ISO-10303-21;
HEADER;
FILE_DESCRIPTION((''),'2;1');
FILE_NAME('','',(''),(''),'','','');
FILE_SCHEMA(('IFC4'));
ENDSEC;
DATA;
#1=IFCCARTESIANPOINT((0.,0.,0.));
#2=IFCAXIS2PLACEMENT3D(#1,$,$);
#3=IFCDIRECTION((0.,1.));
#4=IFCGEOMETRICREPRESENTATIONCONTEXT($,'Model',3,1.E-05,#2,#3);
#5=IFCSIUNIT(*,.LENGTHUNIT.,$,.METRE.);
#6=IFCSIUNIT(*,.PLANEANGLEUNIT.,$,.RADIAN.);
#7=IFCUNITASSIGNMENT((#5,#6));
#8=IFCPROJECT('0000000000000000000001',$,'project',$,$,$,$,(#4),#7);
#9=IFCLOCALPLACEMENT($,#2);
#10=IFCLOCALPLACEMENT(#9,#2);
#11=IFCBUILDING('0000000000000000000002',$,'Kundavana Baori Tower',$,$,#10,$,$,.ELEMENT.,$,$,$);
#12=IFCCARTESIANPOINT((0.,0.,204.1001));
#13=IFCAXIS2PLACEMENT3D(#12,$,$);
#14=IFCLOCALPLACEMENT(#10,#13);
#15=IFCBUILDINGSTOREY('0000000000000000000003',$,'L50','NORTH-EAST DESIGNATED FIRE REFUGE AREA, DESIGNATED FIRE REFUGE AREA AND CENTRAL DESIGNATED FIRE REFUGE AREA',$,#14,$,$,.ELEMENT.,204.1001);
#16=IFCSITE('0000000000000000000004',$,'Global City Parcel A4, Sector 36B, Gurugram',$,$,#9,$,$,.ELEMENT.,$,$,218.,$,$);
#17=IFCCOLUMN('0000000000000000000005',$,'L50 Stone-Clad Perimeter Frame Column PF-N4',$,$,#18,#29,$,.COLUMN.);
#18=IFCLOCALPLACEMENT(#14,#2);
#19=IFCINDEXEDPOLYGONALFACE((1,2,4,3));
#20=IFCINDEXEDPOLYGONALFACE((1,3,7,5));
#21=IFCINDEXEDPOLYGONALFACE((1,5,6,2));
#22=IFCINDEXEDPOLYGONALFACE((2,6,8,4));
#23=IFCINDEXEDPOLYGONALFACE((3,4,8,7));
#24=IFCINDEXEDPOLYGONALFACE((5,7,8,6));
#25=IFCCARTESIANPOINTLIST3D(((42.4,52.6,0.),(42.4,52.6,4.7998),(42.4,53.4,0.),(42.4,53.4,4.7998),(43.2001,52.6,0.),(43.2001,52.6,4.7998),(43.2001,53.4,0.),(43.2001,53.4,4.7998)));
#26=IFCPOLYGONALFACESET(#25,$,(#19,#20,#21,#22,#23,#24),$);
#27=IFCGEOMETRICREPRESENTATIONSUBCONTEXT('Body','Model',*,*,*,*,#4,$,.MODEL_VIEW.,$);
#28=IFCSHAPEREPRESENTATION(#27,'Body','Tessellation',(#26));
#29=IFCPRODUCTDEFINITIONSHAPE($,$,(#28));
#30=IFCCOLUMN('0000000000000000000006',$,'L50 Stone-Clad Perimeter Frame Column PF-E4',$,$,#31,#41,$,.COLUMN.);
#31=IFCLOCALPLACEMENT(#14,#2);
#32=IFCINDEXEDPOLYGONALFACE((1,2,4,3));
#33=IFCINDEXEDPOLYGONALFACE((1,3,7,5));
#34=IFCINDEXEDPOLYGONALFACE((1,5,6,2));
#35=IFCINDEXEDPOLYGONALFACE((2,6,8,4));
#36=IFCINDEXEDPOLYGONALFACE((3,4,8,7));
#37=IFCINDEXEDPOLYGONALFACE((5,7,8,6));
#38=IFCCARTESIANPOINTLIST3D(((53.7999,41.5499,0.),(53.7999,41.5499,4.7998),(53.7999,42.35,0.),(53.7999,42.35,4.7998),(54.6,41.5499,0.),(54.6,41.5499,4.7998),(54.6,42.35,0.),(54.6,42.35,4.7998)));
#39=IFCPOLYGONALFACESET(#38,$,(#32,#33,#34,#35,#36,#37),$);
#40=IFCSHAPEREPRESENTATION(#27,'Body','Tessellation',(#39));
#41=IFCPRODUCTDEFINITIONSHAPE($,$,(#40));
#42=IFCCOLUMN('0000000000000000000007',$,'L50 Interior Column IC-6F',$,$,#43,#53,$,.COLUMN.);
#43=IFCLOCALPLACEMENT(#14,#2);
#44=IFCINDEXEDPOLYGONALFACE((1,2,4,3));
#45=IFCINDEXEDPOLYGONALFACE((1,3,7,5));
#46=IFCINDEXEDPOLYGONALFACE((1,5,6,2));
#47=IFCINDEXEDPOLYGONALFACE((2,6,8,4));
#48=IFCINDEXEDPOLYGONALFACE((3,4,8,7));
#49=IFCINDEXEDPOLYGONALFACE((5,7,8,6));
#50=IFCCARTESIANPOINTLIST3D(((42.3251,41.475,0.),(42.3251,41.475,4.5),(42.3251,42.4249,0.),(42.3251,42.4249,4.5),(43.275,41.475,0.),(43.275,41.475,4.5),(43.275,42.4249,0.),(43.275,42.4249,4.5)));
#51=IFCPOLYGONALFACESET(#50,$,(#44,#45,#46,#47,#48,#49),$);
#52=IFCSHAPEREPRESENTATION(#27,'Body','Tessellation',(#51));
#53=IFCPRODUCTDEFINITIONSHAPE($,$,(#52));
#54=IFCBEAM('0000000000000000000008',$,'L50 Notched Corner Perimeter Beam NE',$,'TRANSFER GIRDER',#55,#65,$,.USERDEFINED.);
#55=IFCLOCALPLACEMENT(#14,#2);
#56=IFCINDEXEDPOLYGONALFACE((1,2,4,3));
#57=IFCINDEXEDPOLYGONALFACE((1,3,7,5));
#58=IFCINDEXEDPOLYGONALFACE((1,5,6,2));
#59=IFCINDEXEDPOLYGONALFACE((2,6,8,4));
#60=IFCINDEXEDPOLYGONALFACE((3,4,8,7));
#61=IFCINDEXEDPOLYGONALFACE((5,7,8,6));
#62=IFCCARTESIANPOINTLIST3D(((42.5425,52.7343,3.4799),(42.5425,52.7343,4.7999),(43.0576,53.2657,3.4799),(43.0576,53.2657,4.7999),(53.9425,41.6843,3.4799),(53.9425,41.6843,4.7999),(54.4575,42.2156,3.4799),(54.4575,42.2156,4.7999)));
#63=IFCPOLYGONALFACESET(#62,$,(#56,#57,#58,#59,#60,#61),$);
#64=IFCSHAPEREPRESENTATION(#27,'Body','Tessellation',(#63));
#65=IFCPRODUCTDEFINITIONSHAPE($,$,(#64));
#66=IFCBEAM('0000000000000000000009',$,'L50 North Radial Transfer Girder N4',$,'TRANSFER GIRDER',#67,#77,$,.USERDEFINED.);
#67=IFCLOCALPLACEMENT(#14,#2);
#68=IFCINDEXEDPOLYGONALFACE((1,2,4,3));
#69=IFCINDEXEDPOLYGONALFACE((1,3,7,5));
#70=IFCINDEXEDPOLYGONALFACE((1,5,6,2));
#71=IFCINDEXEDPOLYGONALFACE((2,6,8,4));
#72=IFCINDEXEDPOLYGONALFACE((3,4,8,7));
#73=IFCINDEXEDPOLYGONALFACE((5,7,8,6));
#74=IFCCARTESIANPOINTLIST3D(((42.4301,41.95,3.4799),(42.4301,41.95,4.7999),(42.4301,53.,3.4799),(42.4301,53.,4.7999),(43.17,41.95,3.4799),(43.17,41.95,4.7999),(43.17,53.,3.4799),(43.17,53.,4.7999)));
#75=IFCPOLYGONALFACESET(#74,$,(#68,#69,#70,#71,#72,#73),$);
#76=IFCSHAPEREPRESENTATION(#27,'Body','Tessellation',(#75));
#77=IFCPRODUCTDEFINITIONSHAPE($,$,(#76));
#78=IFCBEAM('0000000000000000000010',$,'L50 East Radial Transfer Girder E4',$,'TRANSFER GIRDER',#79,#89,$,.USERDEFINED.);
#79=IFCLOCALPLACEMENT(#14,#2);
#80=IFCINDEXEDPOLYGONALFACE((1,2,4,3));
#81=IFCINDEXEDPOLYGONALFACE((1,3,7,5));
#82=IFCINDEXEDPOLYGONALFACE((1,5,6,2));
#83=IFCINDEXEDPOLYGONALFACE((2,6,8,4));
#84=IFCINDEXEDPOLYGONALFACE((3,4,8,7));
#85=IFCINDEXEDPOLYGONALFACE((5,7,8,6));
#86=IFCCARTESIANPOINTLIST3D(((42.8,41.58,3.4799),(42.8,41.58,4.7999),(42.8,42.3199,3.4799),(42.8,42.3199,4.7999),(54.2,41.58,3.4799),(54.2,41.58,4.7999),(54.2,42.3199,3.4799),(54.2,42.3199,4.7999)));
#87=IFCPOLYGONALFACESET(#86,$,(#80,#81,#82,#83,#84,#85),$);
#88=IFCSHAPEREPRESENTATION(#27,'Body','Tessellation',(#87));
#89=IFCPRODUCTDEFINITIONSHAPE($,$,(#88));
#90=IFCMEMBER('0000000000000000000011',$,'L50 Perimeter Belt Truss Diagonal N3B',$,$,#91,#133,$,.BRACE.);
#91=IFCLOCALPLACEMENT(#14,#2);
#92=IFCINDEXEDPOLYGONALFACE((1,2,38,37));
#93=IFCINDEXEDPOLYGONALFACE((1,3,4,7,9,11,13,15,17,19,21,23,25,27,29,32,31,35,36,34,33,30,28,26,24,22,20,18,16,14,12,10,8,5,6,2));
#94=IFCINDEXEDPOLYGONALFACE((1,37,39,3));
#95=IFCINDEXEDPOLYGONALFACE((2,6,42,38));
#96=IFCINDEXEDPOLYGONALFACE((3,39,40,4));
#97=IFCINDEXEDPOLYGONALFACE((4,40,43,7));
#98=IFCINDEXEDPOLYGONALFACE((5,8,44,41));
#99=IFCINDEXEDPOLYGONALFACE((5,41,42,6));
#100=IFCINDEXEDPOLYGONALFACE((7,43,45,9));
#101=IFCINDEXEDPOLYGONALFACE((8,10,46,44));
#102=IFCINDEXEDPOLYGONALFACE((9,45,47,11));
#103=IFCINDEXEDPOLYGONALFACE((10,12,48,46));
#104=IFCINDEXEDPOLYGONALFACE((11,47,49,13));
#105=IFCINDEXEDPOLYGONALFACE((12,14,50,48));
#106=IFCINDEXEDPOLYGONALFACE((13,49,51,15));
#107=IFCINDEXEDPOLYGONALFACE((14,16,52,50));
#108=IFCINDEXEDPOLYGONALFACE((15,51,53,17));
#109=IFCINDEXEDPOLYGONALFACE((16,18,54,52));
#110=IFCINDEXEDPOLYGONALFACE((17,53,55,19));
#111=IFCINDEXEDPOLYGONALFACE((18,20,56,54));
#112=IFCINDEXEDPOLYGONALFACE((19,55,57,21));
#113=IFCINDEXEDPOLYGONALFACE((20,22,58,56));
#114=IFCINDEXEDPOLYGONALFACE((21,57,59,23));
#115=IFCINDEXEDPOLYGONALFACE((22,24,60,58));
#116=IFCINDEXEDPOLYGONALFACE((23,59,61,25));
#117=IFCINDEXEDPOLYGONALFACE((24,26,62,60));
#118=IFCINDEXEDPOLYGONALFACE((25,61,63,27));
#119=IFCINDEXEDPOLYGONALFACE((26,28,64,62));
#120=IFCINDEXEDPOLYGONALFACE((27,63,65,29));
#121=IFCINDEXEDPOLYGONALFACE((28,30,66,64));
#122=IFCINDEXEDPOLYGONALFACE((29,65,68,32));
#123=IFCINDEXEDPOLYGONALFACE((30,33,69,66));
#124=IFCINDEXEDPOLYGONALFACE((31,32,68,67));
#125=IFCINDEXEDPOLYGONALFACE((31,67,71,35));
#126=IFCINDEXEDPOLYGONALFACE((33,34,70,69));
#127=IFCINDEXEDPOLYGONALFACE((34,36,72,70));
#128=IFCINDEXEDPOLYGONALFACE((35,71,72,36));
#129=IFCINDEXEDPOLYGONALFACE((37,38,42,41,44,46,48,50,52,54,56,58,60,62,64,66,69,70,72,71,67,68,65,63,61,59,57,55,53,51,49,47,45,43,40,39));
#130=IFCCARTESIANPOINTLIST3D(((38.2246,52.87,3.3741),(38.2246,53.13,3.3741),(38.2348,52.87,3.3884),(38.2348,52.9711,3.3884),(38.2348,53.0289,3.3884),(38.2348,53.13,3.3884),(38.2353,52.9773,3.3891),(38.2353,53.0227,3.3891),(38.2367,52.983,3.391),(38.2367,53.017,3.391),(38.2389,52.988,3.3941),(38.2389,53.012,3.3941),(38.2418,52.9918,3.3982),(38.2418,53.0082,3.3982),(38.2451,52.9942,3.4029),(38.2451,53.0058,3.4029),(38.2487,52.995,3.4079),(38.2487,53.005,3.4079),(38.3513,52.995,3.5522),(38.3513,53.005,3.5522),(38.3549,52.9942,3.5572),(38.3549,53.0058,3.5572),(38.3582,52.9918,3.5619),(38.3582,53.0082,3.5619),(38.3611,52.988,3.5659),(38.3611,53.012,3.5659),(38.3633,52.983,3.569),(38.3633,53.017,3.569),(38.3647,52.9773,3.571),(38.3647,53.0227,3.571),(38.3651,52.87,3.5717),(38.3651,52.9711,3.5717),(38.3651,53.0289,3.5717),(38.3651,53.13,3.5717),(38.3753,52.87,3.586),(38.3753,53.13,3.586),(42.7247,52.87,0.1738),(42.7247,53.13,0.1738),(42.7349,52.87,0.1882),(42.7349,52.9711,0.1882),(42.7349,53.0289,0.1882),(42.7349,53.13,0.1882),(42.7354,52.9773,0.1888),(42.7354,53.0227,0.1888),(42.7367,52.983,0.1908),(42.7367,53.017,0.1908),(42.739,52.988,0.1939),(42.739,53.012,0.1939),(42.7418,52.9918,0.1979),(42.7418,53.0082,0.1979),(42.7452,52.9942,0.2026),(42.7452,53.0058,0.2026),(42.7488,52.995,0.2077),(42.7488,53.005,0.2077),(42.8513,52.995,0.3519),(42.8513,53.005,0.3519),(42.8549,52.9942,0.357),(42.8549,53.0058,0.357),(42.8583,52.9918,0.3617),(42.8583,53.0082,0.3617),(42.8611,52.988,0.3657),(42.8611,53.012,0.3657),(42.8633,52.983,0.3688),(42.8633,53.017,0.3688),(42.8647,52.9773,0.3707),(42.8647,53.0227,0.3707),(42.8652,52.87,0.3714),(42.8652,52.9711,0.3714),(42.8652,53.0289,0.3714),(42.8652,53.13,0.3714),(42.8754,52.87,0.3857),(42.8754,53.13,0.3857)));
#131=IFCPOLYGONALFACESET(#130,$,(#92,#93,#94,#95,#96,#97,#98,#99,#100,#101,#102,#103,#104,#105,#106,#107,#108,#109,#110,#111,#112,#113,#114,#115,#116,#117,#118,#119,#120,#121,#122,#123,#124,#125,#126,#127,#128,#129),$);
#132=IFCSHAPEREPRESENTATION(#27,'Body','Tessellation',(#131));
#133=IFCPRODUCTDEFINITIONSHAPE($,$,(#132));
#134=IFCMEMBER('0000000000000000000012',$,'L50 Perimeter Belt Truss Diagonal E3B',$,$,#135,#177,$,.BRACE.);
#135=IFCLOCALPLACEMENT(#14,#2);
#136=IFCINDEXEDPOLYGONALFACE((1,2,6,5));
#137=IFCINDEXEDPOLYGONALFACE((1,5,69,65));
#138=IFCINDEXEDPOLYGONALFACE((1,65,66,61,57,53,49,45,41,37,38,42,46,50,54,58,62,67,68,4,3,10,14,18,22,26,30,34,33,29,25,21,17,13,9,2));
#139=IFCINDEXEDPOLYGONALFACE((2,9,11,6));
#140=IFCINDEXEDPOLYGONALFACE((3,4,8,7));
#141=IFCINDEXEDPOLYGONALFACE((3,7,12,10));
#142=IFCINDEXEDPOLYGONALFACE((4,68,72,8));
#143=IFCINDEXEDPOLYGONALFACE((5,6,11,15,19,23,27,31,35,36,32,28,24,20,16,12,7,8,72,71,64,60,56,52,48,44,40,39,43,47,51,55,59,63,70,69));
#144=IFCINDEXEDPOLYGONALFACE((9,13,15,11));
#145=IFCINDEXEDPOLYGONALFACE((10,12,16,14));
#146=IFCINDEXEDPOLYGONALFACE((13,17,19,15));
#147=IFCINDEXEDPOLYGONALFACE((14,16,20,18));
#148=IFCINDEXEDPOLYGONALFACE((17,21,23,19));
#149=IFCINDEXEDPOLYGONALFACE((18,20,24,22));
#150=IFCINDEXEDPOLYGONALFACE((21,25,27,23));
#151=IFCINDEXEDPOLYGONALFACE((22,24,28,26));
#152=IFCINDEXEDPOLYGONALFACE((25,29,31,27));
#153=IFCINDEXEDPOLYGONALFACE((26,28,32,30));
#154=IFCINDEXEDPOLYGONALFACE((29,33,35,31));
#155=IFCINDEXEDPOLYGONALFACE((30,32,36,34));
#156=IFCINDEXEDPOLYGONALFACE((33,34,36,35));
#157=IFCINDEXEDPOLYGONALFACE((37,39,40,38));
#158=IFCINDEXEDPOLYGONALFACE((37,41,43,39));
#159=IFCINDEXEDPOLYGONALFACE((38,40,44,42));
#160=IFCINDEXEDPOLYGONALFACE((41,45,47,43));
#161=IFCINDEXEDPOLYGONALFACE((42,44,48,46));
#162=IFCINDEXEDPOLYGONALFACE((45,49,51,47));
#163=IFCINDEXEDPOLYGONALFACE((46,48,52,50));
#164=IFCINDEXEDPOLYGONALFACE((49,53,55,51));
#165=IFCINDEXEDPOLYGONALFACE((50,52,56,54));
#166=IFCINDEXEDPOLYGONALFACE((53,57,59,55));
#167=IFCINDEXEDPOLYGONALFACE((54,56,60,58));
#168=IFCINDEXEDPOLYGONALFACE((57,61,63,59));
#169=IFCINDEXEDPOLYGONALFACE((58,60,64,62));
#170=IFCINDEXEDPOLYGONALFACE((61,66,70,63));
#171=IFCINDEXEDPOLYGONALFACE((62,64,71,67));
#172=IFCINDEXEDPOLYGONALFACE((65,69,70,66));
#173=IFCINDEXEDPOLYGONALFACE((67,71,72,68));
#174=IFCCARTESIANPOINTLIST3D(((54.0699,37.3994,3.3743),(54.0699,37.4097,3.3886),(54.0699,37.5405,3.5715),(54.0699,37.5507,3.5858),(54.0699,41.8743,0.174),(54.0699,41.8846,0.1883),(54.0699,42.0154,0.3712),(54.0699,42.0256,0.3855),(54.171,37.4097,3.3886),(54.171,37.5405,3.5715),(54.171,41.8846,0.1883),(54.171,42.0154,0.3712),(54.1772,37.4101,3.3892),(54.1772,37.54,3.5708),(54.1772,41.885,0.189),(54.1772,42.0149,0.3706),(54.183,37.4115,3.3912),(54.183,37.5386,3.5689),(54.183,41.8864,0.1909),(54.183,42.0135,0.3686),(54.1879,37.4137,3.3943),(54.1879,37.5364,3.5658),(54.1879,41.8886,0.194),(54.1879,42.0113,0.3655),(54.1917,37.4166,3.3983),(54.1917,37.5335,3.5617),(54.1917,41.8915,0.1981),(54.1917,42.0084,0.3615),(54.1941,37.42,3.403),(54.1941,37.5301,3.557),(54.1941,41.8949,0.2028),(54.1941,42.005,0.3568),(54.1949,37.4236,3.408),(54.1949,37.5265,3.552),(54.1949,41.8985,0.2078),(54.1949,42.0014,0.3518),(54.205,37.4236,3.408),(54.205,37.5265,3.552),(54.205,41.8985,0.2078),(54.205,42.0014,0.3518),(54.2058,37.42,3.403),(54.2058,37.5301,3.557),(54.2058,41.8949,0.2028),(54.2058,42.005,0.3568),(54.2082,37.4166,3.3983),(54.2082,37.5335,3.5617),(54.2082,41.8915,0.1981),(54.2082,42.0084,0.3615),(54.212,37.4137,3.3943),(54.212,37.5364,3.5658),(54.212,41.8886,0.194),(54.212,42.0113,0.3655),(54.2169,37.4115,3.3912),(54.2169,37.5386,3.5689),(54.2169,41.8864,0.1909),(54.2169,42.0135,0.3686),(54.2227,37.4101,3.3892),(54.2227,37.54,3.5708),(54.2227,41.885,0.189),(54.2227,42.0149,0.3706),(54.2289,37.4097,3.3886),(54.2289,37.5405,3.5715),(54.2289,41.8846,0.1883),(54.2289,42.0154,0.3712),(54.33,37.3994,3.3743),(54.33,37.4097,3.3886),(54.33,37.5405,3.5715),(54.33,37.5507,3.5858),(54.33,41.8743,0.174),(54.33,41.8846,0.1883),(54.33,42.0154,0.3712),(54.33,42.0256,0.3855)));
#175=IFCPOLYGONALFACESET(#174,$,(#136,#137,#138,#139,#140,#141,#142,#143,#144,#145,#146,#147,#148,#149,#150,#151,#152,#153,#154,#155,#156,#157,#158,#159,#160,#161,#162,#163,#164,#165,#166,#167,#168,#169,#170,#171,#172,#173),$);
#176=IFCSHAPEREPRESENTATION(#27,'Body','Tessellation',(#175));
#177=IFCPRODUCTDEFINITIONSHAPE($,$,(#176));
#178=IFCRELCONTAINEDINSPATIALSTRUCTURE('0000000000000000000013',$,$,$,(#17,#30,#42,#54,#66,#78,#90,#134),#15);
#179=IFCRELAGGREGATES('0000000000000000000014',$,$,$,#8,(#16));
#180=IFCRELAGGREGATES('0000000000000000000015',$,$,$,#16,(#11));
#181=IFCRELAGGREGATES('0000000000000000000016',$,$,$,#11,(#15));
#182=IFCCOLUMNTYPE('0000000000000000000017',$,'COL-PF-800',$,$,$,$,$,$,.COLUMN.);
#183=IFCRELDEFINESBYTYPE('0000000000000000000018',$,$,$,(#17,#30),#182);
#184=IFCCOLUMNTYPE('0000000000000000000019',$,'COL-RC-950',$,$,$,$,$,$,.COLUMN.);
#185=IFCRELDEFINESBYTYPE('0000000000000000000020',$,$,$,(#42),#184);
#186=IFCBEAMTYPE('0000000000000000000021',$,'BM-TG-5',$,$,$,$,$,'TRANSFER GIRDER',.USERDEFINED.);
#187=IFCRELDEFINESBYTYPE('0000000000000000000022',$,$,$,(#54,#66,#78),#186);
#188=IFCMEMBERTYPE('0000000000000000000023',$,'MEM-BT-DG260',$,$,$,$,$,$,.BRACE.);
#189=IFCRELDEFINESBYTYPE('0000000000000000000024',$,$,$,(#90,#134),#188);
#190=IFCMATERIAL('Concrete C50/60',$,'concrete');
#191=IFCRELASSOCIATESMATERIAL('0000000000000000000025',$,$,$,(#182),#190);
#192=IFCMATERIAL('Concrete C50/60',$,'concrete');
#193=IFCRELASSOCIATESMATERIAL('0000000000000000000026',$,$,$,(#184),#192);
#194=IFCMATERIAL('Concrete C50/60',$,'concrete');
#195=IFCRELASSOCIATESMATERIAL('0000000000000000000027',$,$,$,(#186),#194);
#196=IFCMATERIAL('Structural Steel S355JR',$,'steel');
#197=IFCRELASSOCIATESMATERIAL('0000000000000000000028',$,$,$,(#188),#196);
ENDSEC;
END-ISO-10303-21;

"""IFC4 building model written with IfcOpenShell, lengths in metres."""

from ifc_helpers import new_model, si_unit, direction, frame, origin, origin_2d, place, context, subcontext, project, spatial, rectangle, i_section, extrude, material, material_profile, profile_set, type_object, element, save


model = new_model("IFC4")

# Units and contexts
model_context = context("Model", 3, precision=1e-05, world=origin(), true_north=direction((0.0, 1.0)))
body_context = subcontext(model_context, "Body", "Model", "MODEL_VIEW")
ifc_project = project(units=[si_unit("LENGTHUNIT", "METRE"), si_unit("PLANEANGLEUNIT", "RADIAN")], contexts=[model_context])

# Site, building, storey
site_placement = place(None, origin())
site = spatial("IfcSite", under=ifc_project, at=site_placement, Name="Global City Parcel A4, Sector 36B, Gurugram", CompositionType="ELEMENT", RefElevation=218.0)
building_placement = place(site_placement, origin())
building = spatial("IfcBuilding", under=site, at=building_placement, Name="Kundavana Baori Tower", CompositionType="ELEMENT")
storey_placement = place(building_placement, frame((0.0, 0.0, 204.1001)))
storey = spatial("IfcBuildingStorey", under=building, at=storey_placement, Name="L50", Description="NORTH-EAST DESIGNATED FIRE REFUGE AREA, DESIGNATED FIRE REFUGE AREA AND CENTRAL DESIGNATED FIRE REFUGE AREA", CompositionType="ELEMENT", Elevation=204.1001)

# Columns
ifc_material_1 = material(Name="Concrete C50/60", Category="concrete")
ifc_material_profile_1 = material_profile(ifc_material_1, rectangle(XDim=0.8, YDim=0.8, at=origin_2d()), Name="RC PF 800x800")
ifc_profile_set_1 = profile_set([ifc_material_profile_1], Name="Concrete C50/60")
column_type_1 = type_object("IfcColumnType", Name="COL-PF-800", PredefinedType="COLUMN", material=ifc_profile_set_1)
for number, where, z_axis, x_axis, name in (
    (1, (42.8, 53.0, 0.0), (0.0, 0.0, 1.0), (1.0, 0.0, 0.0), "L50 Stone-Clad Perimeter Frame Column PF-N4"),
    (2, (54.2, 41.95, 0.0), (0.0, 0.0, 1.0), (1.0, 0.0, 0.0), "L50 Stone-Clad Perimeter Frame Column PF-E4"),
):
    element("IfcColumn", number, at=place(storey_placement, frame(where, z_axis=z_axis, x_axis=x_axis)), inside=storey, type_object=column_type_1, Name=name, PredefinedType="COLUMN", context=body_context, shape_type="SweptSolid", body=[
        extrude(rectangle(XDim=0.8, YDim=0.8, at=origin_2d()), origin(), (0.0, 0.0, 1.0), 4.7998),
    ])
ifc_material_2 = material(Name="Concrete C50/60", Category="concrete")
ifc_material_profile_2 = material_profile(ifc_material_2, rectangle(XDim=0.95, YDim=0.95, at=origin_2d()), Name="RC 950x950")
ifc_profile_set_2 = profile_set([ifc_material_profile_2], Name="Concrete C50/60")
column_type_2 = type_object("IfcColumnType", Name="COL-RC-950", PredefinedType="COLUMN", material=ifc_profile_set_2)
column_placement = place(storey_placement, frame((42.8, 41.95, 0.0), z_axis=(0.0, 0.0, 1.0), x_axis=(1.0, 0.0, 0.0)))
element("IfcColumn", 3, at=column_placement, inside=storey, type_object=column_type_2, Name="L50 Interior Column IC-6F", PredefinedType="COLUMN", context=body_context, shape_type="SweptSolid", body=[
    extrude(rectangle(XDim=0.95, YDim=0.95, at=origin_2d()), origin(), (0.0, 0.0, 1.0), 4.5),
])

# Beams
ifc_material_3 = material(Name="Concrete C50/60", Category="concrete")
ifc_material_profile_3 = material_profile(ifc_material_3, rectangle(XDim=0.74, YDim=1.3201, at=origin_2d()), Name="BM-TG-5")
ifc_profile_set_3 = profile_set([ifc_material_profile_3], Name="Concrete C50/60")
beam_type = type_object("IfcBeamType", Name="BM-TG-5", ElementType="TRANSFER GIRDER", PredefinedType="USERDEFINED", material=ifc_profile_set_3)
beam_1_placement = place(storey_placement, frame((42.8, 53.0, 4.1399), z_axis=(0.718039, -0.696003, 0.0), x_axis=(0.696003, 0.718039, 0.0)))
element("IfcBeam", 4, at=beam_1_placement, inside=storey, type_object=beam_type, Name="L50 Notched Corner Perimeter Beam NE", ObjectType="TRANSFER GIRDER", PredefinedType="USERDEFINED", context=body_context, shape_type="SweptSolid", body=[
    extrude(rectangle(XDim=0.74, YDim=1.3201, at=origin_2d()), origin(), (0.0, 0.0, 1.0), 15.8765),
])
beam_2_placement = place(storey_placement, frame((42.8, 41.95, 4.1399), z_axis=(0.0, 1.0, 0.0), x_axis=(-1.0, 0.0, 0.0)))
element("IfcBeam", 5, at=beam_2_placement, inside=storey, type_object=beam_type, Name="L50 North Radial Transfer Girder N4", ObjectType="TRANSFER GIRDER", PredefinedType="USERDEFINED", context=body_context, shape_type="SweptSolid", body=[
    extrude(rectangle(XDim=0.74, YDim=1.3201, at=origin_2d()), origin(), (0.0, 0.0, 1.0), 11.05),
])
beam_3_placement = place(storey_placement, frame((42.8, 41.95, 4.1399), z_axis=(1.0, 0.0, 0.0), x_axis=(0.0, 1.0, 0.0)))
element("IfcBeam", 6, at=beam_3_placement, inside=storey, type_object=beam_type, Name="L50 East Radial Transfer Girder E4", ObjectType="TRANSFER GIRDER", PredefinedType="USERDEFINED", context=body_context, shape_type="SweptSolid", body=[
    extrude(rectangle(XDim=0.74, YDim=1.3201, at=origin_2d()), origin(), (0.0, 0.0, 1.0), 11.3999),
])

# Members
ifc_material_4 = material(Name="Structural Steel S355JR", Category="steel")
ifc_material_profile_4 = material_profile(ifc_material_4, i_section(OverallWidth=0.26, OverallDepth=0.26, WebThickness=0.01, FlangeThickness=0.0176, FilletRadius=0.0239, at=origin_2d()), Name="WPB 260x260x93")
ifc_profile_set_4 = profile_set([ifc_material_profile_4], Name="Structural Steel S355JR")
member_type_1 = type_object("IfcMemberType", Name="MEM-BT-DG260", PredefinedType="BRACE", material=ifc_profile_set_4)
member_1_placement = place(storey_placement, frame((42.8, 53.0, 0.2798), z_axis=(-0.814939, 0.0, 0.579547), x_axis=(0.0, -1.0, 0.0)))
element("IfcMember", 7, at=member_1_placement, inside=storey, type_object=member_type_1, Name="L50 Perimeter Belt Truss Diagonal N3B", PredefinedType="BRACE", context=body_context, shape_type="SweptSolid", body=[
    extrude(i_section(OverallWidth=0.26, OverallDepth=0.26, WebThickness=0.01, FlangeThickness=0.0176, FilletRadius=0.0239, at=origin_2d()), origin(), (0.0, 0.0, 1.0), 5.522),
])
member_2_placement = place(storey_placement, frame((54.2, 41.95, 0.2798), z_axis=(0.0, -0.813401, 0.581704), x_axis=(1.0, 0.0, 0.0)))
element("IfcMember", 8, at=member_2_placement, inside=storey, type_object=member_type_1, Name="L50 Perimeter Belt Truss Diagonal E3B", PredefinedType="BRACE", context=body_context, shape_type="SweptSolid", body=[
    extrude(i_section(OverallWidth=0.26, OverallDepth=0.26, WebThickness=0.01, FlangeThickness=0.0176, FilletRadius=0.0239, at=origin_2d()), origin(), (0.0, 0.0, 1.0), 5.5015),
])

save(model, "model.ifc")
